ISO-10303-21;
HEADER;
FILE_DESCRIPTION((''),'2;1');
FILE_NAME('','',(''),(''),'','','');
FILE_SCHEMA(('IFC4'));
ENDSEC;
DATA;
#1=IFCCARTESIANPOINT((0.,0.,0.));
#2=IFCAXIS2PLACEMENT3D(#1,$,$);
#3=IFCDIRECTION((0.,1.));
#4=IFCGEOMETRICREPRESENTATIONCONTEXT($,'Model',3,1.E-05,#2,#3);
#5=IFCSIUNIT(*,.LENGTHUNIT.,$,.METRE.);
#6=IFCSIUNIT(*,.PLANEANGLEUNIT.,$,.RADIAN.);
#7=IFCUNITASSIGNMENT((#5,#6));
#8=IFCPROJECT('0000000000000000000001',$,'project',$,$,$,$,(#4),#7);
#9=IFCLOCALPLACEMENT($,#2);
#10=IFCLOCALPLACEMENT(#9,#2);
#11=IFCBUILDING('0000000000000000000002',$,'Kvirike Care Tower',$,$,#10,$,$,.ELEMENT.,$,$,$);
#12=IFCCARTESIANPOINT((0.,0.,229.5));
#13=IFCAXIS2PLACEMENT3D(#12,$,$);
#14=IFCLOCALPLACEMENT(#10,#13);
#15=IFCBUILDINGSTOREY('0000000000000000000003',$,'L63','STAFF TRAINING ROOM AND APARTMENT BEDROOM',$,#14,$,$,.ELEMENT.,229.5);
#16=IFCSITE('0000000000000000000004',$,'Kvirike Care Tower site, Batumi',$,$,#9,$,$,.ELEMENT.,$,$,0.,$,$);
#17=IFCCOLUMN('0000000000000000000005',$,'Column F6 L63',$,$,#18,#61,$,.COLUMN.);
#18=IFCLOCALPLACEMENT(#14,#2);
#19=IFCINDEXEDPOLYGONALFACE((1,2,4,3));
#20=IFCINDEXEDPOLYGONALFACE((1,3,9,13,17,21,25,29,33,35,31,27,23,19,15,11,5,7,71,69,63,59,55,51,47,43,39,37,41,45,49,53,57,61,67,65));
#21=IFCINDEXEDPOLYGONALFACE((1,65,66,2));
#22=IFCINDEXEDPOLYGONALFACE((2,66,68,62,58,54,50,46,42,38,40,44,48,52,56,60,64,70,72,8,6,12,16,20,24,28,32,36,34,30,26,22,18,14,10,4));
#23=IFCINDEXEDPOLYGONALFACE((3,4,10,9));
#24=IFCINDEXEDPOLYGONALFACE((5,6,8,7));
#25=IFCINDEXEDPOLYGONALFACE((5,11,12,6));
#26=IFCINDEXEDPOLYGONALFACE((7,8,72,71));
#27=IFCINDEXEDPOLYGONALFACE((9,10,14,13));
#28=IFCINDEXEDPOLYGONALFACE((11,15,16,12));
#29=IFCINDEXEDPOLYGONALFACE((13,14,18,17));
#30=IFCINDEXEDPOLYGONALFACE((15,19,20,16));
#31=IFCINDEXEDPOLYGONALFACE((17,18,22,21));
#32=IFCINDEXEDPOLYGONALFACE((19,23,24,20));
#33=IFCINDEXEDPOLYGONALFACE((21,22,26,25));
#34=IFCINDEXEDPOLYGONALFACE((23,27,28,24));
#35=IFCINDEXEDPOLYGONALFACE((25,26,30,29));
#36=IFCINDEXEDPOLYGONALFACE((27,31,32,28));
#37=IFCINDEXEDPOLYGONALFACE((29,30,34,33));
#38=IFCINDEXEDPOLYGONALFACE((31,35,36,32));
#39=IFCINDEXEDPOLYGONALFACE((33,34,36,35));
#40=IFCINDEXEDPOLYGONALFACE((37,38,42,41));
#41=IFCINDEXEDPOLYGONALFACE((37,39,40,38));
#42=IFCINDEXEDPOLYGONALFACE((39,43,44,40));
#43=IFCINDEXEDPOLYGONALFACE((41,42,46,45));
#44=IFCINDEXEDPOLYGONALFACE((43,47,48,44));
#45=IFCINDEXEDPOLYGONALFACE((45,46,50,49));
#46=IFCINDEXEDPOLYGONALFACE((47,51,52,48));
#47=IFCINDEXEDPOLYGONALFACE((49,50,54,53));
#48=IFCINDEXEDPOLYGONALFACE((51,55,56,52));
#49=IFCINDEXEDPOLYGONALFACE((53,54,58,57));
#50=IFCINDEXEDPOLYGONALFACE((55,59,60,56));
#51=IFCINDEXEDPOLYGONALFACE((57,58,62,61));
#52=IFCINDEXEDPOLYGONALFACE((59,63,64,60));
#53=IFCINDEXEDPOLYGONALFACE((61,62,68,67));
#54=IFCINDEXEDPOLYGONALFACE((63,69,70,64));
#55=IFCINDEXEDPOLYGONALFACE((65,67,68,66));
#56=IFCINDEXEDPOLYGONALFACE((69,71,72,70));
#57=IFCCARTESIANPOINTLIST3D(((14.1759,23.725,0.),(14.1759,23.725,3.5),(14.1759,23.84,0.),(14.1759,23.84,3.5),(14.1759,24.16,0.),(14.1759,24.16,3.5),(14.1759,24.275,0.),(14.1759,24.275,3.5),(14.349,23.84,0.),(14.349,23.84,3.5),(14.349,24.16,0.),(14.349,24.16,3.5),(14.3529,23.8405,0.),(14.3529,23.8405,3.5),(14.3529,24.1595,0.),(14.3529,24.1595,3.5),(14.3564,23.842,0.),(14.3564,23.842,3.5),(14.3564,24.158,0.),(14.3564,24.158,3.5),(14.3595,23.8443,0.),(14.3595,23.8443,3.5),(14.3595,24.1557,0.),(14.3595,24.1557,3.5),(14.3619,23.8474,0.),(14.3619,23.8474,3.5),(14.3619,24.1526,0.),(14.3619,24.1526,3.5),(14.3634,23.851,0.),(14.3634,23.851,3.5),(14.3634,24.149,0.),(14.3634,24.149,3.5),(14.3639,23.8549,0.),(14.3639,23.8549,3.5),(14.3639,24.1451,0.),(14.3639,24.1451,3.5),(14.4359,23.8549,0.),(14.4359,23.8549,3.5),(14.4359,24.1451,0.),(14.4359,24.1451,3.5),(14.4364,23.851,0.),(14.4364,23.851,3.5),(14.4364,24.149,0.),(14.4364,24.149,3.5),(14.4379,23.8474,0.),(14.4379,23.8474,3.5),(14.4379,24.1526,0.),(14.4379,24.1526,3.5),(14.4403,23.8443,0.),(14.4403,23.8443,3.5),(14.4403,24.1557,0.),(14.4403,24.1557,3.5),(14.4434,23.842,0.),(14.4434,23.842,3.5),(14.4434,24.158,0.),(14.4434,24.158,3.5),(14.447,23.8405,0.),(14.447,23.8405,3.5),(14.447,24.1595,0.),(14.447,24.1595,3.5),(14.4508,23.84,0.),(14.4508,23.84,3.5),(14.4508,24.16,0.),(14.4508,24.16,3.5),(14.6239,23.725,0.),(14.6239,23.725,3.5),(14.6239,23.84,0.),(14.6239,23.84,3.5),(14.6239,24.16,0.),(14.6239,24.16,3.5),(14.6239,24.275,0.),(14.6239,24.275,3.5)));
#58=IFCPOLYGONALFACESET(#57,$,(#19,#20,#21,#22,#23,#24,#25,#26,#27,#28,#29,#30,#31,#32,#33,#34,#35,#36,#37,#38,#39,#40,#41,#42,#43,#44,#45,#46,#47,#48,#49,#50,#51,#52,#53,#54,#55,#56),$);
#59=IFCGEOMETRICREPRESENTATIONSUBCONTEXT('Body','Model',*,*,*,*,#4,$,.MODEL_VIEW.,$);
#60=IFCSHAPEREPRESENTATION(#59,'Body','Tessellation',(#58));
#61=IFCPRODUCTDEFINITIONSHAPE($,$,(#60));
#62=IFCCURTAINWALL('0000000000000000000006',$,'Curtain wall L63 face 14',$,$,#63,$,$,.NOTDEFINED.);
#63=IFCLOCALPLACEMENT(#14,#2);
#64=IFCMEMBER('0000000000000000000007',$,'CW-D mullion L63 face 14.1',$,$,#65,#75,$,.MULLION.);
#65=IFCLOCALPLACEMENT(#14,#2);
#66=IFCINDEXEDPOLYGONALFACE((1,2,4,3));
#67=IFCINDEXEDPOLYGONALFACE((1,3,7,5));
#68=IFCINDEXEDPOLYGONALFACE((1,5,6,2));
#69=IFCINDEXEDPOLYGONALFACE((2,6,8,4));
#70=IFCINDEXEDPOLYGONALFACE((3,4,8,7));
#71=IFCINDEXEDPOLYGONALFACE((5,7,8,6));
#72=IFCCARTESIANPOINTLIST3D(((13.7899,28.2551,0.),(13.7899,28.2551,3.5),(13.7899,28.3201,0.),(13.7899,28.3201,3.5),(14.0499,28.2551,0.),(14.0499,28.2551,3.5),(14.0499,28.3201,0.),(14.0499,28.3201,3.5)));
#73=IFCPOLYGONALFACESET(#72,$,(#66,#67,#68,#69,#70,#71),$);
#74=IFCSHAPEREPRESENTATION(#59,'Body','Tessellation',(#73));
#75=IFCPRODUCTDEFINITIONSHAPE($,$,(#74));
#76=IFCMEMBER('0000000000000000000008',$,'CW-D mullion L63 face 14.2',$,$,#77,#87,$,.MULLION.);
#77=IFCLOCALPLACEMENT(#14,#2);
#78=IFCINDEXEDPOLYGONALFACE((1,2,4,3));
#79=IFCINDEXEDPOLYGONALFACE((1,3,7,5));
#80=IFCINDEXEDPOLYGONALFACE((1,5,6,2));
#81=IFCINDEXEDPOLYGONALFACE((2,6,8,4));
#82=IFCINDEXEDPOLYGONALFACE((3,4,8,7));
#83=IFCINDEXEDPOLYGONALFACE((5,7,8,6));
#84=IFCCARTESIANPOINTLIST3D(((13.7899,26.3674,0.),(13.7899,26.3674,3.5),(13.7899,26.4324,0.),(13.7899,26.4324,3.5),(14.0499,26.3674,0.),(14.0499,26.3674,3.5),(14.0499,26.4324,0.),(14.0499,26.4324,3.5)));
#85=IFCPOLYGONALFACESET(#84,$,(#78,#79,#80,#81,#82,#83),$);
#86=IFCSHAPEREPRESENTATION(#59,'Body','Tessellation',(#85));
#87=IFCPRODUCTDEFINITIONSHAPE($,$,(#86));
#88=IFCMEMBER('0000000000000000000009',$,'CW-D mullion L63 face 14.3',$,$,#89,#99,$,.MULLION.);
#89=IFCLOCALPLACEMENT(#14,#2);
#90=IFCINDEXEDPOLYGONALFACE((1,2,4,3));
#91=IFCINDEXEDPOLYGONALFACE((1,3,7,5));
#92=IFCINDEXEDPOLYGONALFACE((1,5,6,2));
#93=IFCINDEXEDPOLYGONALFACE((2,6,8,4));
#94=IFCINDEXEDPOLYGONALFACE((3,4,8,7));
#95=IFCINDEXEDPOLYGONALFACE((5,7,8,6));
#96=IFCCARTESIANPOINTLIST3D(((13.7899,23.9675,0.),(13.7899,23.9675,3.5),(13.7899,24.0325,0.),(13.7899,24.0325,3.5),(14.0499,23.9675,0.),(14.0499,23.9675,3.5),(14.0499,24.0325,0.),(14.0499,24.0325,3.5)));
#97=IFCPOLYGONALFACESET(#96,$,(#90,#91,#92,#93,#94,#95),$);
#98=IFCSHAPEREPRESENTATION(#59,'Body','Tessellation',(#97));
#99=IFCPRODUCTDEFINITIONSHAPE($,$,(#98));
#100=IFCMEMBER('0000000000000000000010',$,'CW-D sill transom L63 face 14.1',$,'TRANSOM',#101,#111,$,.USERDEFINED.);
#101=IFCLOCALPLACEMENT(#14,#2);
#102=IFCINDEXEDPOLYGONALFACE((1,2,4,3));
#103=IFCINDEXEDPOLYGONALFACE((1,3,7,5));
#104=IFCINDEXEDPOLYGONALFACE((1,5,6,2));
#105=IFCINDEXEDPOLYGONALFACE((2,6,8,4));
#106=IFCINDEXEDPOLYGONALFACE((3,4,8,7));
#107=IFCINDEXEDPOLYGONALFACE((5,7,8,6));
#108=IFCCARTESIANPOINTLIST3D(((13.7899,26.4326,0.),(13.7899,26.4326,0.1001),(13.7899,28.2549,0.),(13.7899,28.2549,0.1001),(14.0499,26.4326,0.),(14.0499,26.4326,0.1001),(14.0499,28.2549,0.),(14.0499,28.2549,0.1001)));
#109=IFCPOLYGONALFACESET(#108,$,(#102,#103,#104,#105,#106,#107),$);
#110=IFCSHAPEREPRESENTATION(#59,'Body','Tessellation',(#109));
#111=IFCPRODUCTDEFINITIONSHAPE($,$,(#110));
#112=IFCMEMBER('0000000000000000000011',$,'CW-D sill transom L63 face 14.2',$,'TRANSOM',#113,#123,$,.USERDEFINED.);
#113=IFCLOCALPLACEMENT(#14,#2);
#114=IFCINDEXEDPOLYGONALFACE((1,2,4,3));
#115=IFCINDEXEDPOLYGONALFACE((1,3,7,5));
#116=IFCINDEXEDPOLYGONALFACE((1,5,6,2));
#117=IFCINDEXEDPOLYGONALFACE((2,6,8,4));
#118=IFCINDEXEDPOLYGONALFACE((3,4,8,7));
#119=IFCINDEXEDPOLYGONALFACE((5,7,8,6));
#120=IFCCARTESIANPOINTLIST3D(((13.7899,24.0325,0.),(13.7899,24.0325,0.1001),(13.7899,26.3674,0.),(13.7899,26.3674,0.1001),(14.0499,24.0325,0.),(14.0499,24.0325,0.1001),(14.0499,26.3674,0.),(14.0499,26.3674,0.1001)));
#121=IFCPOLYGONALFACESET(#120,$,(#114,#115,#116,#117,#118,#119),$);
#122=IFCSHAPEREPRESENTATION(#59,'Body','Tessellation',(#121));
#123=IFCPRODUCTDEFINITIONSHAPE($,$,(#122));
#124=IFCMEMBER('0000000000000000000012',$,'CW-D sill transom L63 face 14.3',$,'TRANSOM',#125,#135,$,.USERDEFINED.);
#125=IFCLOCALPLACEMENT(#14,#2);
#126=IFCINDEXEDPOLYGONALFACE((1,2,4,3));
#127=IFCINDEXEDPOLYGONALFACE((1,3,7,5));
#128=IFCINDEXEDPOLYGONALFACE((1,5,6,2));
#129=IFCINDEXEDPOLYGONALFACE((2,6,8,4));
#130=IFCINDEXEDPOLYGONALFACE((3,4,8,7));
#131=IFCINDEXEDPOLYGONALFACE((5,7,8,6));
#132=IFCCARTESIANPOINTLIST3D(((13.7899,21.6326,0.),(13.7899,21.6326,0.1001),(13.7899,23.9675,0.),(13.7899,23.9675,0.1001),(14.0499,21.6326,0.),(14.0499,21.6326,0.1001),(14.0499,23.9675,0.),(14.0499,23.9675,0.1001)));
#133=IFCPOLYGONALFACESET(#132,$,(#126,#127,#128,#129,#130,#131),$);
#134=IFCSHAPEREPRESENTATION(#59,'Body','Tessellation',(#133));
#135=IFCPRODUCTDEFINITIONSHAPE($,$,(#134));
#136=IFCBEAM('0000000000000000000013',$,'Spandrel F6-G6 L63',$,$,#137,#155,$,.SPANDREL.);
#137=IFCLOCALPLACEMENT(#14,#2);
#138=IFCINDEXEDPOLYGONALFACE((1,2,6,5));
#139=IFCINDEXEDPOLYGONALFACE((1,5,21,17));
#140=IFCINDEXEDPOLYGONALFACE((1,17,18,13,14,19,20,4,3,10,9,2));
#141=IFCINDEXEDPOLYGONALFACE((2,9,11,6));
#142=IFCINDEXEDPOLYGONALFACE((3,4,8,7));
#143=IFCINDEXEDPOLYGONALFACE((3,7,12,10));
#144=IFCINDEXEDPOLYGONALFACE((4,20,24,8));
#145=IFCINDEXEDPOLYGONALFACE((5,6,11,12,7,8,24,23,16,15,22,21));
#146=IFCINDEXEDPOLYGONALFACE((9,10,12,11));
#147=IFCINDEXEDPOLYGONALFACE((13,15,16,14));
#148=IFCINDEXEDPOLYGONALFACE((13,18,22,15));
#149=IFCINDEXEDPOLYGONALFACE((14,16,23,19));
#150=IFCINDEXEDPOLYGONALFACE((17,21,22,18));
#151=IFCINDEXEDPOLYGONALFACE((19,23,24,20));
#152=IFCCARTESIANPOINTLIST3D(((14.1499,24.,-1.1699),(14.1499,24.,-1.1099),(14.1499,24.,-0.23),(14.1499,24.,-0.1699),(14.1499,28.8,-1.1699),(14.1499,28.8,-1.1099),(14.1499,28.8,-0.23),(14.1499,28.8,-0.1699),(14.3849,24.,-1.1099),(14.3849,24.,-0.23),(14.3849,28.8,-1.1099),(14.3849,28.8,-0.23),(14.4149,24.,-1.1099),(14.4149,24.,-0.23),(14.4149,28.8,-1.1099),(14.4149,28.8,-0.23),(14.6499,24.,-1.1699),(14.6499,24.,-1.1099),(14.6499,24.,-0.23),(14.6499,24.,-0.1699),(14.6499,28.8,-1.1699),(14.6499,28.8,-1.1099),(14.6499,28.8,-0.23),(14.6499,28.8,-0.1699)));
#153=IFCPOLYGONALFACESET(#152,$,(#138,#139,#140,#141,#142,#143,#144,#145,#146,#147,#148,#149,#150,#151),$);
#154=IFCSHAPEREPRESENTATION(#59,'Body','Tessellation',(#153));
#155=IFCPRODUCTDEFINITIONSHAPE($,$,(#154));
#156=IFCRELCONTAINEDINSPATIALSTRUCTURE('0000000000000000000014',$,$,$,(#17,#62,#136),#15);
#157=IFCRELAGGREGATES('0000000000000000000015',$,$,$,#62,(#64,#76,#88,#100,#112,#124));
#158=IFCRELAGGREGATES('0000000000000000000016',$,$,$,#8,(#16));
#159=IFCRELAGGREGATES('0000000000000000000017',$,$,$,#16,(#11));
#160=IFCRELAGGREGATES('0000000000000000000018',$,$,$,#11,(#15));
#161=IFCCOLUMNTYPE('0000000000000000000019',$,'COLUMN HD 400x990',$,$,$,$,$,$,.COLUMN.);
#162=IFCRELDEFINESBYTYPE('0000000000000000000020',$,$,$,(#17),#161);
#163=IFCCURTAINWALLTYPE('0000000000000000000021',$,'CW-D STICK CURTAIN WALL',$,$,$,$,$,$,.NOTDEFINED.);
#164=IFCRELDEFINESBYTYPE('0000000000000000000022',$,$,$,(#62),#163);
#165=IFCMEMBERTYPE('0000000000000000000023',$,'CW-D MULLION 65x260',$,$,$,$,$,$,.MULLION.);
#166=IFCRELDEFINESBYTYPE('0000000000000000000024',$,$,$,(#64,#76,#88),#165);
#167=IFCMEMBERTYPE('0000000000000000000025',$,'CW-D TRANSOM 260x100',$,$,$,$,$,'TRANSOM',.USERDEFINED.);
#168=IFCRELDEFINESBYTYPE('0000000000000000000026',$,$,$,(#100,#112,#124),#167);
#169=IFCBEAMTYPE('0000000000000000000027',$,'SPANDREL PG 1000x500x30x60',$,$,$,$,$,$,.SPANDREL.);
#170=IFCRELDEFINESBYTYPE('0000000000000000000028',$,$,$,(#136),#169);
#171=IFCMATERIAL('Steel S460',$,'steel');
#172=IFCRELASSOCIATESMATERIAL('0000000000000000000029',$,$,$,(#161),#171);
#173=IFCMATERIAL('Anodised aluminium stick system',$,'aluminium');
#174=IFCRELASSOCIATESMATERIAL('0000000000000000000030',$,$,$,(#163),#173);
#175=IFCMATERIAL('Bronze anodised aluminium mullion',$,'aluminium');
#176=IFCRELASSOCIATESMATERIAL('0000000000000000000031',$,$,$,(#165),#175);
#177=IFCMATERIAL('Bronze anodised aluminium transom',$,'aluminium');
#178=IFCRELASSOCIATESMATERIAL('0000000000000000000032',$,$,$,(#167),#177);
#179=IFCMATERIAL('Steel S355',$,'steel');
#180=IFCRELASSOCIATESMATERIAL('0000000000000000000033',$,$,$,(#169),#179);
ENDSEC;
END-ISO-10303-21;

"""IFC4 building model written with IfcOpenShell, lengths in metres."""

from ifc_helpers import new_model, si_unit, direction, frame, origin, origin_2d, place, context, subcontext, project, spatial, rectangle, i_section, extrude, material, material_profile, profile_set, type_object, element, aggregate, save


model = new_model("IFC4")

# Units and contexts
model_context = context("Model", 3, precision=1e-05, world=origin(), true_north=direction((0.0, 1.0)))
body_context = subcontext(model_context, "Body", "Model", "MODEL_VIEW")
ifc_project = project(units=[si_unit("LENGTHUNIT", "METRE"), si_unit("PLANEANGLEUNIT", "RADIAN")], contexts=[model_context])

# Site, building, storey
site_placement = place(None, origin())
site = spatial("IfcSite", under=ifc_project, at=site_placement, Name="Kvirike Care Tower site, Batumi", CompositionType="ELEMENT", RefElevation=0.0)
building_placement = place(site_placement, origin())
building = spatial("IfcBuilding", under=site, at=building_placement, Name="Kvirike Care Tower", CompositionType="ELEMENT")
storey_placement = place(building_placement, frame((0.0, 0.0, 229.5)))
storey = spatial("IfcBuildingStorey", under=building, at=storey_placement, Name="L63", Description="STAFF TRAINING ROOM AND APARTMENT BEDROOM", CompositionType="ELEMENT", Elevation=229.5)

# Column
ifc_material_1 = material(Name="Steel S460", Category="steel")
ifc_material_profile_1 = material_profile(ifc_material_1, i_section(OverallWidth=0.448, OverallDepth=0.55, WebThickness=0.072, FlangeThickness=0.115, FilletRadius=0.0149, at=origin_2d()), Name="HD 400x990")
ifc_profile_set_1 = profile_set([ifc_material_profile_1], Name="Steel S460")
column_type = type_object("IfcColumnType", Name="COLUMN HD 400x990", PredefinedType="COLUMN", material=ifc_profile_set_1)
column_placement = place(storey_placement, frame((14.3999, 24.0, 0.0), z_axis=(0.0, 0.0, 1.0), x_axis=(1.0, 0.0, 0.0)))
element("IfcColumn", 1, at=column_placement, inside=storey, type_object=column_type, Name="Column F6 L63", PredefinedType="COLUMN", context=body_context, shape_type="SweptSolid", body=[
    extrude(i_section(OverallWidth=0.448, OverallDepth=0.55, WebThickness=0.072, FlangeThickness=0.115, FilletRadius=0.0149, at=origin_2d()), origin(), (0.0, 0.0, 1.0), 3.5),
])

# Curtain wall, members
ifc_material_2 = material(Name="Anodised aluminium stick system", Category="aluminium")
curtain_wall_type = type_object("IfcCurtainWallType", Name="CW-D STICK CURTAIN WALL", PredefinedType="NOTDEFINED", material=ifc_material_2)
curtain_wall_placement = place(storey_placement, origin())
curtain_wall = element("IfcCurtainWall", 2, at=curtain_wall_placement, inside=storey, type_object=curtain_wall_type, Name="Curtain wall L63 face 14", PredefinedType="NOTDEFINED")
ifc_material_3 = material(Name="Bronze anodised aluminium mullion", Category="aluminium")
ifc_material_profile_2 = material_profile(ifc_material_3, rectangle(XDim=0.0649, YDim=0.26, at=origin_2d()), Name="CW-D MULLION 65x260")
ifc_profile_set_2 = profile_set([ifc_material_profile_2], Name="Bronze anodised aluminium mullion")
member_type_1 = type_object("IfcMemberType", Name="CW-D MULLION 65x260", PredefinedType="MULLION", material=ifc_profile_set_2)
member_1_placement = place(storey_placement, frame((13.9199, 28.2876, 0.0), z_axis=(0.0, 0.0, 1.0), x_axis=(0.0, -1.0, 0.0)))
member_1 = element("IfcMember", 3, at=member_1_placement, type_object=member_type_1, Name="CW-D mullion L63 face 14.1", PredefinedType="MULLION", context=body_context, shape_type="SweptSolid", body=[
    extrude(rectangle(XDim=0.0649, YDim=0.26, at=origin_2d()), origin(), (0.0, 0.0, 1.0), 3.5),
])
member_2_placement = place(storey_placement, frame((13.9199, 26.3999, 0.0), z_axis=(0.0, 0.0, 1.0), x_axis=(0.0, -1.0, 0.0)))
member_2 = element("IfcMember", 4, at=member_2_placement, type_object=member_type_1, Name="CW-D mullion L63 face 14.2", PredefinedType="MULLION", context=body_context, shape_type="SweptSolid", body=[
    extrude(rectangle(XDim=0.0649, YDim=0.26, at=origin_2d()), origin(), (0.0, 0.0, 1.0), 3.5),
])
member_3_placement = place(storey_placement, frame((13.9199, 24.0, 0.0), z_axis=(0.0, 0.0, 1.0), x_axis=(0.0, -1.0, 0.0)))
member_3 = element("IfcMember", 5, at=member_3_placement, type_object=member_type_1, Name="CW-D mullion L63 face 14.3", PredefinedType="MULLION", context=body_context, shape_type="SweptSolid", body=[
    extrude(rectangle(XDim=0.0649, YDim=0.26, at=origin_2d()), origin(), (0.0, 0.0, 1.0), 3.5),
])
ifc_material_4 = material(Name="Bronze anodised aluminium transom", Category="aluminium")
ifc_material_profile_3 = material_profile(ifc_material_4, rectangle(XDim=0.26, YDim=0.1001, at=origin_2d()), Name="CW-D TRANSOM 260x100")
ifc_profile_set_3 = profile_set([ifc_material_profile_3], Name="Bronze anodised aluminium transom")
member_type_2 = type_object("IfcMemberType", Name="CW-D TRANSOM 260x100", ElementType="TRANSOM", PredefinedType="USERDEFINED", material=ifc_profile_set_3)
member_4_placement = place(storey_placement, frame((13.9199, 28.2549, 0.05), z_axis=(0.0, -1.0, 0.0), x_axis=(1.0, 0.0, 0.0)))
member_4 = element("IfcMember", 6, at=member_4_placement, type_object=member_type_2, Name="CW-D sill transom L63 face 14.1", ObjectType="TRANSOM", PredefinedType="USERDEFINED", context=body_context, shape_type="SweptSolid", body=[
    extrude(rectangle(XDim=0.26, YDim=0.1001, at=origin_2d()), origin(), (0.0, 0.0, 1.0), 1.8223),
])
member_5_placement = place(storey_placement, frame((13.9199, 26.3674, 0.05), z_axis=(0.0, -1.0, 0.0), x_axis=(1.0, 0.0, 0.0)))
member_5 = element("IfcMember", 7, at=member_5_placement, type_object=member_type_2, Name="CW-D sill transom L63 face 14.2", ObjectType="TRANSOM", PredefinedType="USERDEFINED", context=body_context, shape_type="SweptSolid", body=[
    extrude(rectangle(XDim=0.26, YDim=0.1001, at=origin_2d()), origin(), (0.0, 0.0, 1.0), 2.335),
])
member_6_placement = place(storey_placement, frame((13.9199, 23.9675, 0.05), z_axis=(0.0, -1.0, 0.0), x_axis=(1.0, 0.0, 0.0)))
member_6 = element("IfcMember", 8, at=member_6_placement, type_object=member_type_2, Name="CW-D sill transom L63 face 14.3", ObjectType="TRANSOM", PredefinedType="USERDEFINED", context=body_context, shape_type="SweptSolid", body=[
    extrude(rectangle(XDim=0.26, YDim=0.1001, at=origin_2d()), origin(), (0.0, 0.0, 1.0), 2.335),
])

# Beam
ifc_material_5 = material(Name="Steel S355", Category="steel")
ifc_material_profile_4 = material_profile(ifc_material_5, i_section(OverallWidth=0.5, OverallDepth=1.0, WebThickness=0.03, FlangeThickness=0.0601, at=origin_2d()), Name="PG 1000x500x30x60")
ifc_profile_set_4 = profile_set([ifc_material_profile_4], Name="Steel S355")
beam_type_1 = type_object("IfcBeamType", Name="SPANDREL PG 1000x500x30x60", PredefinedType="SPANDREL", material=ifc_profile_set_4)
beam_placement = place(storey_placement, frame((14.3999, 24.0, -0.6699), z_axis=(0.0, 1.0, 0.0), x_axis=(-1.0, 0.0, 0.0)))
element("IfcBeam", 9, at=beam_placement, inside=storey, type_object=beam_type_1, Name="Spandrel F6-G6 L63", PredefinedType="SPANDREL", context=body_context, shape_type="SweptSolid", body=[
    extrude(i_section(OverallWidth=0.5, OverallDepth=1.0, WebThickness=0.03, FlangeThickness=0.0601, at=origin_2d()), origin(), (0.0, 0.0, 1.0), 4.8),
])

aggregate(curtain_wall, [member_1, member_2, member_3, member_4, member_5, member_6])

save(model, "model.ifc")
